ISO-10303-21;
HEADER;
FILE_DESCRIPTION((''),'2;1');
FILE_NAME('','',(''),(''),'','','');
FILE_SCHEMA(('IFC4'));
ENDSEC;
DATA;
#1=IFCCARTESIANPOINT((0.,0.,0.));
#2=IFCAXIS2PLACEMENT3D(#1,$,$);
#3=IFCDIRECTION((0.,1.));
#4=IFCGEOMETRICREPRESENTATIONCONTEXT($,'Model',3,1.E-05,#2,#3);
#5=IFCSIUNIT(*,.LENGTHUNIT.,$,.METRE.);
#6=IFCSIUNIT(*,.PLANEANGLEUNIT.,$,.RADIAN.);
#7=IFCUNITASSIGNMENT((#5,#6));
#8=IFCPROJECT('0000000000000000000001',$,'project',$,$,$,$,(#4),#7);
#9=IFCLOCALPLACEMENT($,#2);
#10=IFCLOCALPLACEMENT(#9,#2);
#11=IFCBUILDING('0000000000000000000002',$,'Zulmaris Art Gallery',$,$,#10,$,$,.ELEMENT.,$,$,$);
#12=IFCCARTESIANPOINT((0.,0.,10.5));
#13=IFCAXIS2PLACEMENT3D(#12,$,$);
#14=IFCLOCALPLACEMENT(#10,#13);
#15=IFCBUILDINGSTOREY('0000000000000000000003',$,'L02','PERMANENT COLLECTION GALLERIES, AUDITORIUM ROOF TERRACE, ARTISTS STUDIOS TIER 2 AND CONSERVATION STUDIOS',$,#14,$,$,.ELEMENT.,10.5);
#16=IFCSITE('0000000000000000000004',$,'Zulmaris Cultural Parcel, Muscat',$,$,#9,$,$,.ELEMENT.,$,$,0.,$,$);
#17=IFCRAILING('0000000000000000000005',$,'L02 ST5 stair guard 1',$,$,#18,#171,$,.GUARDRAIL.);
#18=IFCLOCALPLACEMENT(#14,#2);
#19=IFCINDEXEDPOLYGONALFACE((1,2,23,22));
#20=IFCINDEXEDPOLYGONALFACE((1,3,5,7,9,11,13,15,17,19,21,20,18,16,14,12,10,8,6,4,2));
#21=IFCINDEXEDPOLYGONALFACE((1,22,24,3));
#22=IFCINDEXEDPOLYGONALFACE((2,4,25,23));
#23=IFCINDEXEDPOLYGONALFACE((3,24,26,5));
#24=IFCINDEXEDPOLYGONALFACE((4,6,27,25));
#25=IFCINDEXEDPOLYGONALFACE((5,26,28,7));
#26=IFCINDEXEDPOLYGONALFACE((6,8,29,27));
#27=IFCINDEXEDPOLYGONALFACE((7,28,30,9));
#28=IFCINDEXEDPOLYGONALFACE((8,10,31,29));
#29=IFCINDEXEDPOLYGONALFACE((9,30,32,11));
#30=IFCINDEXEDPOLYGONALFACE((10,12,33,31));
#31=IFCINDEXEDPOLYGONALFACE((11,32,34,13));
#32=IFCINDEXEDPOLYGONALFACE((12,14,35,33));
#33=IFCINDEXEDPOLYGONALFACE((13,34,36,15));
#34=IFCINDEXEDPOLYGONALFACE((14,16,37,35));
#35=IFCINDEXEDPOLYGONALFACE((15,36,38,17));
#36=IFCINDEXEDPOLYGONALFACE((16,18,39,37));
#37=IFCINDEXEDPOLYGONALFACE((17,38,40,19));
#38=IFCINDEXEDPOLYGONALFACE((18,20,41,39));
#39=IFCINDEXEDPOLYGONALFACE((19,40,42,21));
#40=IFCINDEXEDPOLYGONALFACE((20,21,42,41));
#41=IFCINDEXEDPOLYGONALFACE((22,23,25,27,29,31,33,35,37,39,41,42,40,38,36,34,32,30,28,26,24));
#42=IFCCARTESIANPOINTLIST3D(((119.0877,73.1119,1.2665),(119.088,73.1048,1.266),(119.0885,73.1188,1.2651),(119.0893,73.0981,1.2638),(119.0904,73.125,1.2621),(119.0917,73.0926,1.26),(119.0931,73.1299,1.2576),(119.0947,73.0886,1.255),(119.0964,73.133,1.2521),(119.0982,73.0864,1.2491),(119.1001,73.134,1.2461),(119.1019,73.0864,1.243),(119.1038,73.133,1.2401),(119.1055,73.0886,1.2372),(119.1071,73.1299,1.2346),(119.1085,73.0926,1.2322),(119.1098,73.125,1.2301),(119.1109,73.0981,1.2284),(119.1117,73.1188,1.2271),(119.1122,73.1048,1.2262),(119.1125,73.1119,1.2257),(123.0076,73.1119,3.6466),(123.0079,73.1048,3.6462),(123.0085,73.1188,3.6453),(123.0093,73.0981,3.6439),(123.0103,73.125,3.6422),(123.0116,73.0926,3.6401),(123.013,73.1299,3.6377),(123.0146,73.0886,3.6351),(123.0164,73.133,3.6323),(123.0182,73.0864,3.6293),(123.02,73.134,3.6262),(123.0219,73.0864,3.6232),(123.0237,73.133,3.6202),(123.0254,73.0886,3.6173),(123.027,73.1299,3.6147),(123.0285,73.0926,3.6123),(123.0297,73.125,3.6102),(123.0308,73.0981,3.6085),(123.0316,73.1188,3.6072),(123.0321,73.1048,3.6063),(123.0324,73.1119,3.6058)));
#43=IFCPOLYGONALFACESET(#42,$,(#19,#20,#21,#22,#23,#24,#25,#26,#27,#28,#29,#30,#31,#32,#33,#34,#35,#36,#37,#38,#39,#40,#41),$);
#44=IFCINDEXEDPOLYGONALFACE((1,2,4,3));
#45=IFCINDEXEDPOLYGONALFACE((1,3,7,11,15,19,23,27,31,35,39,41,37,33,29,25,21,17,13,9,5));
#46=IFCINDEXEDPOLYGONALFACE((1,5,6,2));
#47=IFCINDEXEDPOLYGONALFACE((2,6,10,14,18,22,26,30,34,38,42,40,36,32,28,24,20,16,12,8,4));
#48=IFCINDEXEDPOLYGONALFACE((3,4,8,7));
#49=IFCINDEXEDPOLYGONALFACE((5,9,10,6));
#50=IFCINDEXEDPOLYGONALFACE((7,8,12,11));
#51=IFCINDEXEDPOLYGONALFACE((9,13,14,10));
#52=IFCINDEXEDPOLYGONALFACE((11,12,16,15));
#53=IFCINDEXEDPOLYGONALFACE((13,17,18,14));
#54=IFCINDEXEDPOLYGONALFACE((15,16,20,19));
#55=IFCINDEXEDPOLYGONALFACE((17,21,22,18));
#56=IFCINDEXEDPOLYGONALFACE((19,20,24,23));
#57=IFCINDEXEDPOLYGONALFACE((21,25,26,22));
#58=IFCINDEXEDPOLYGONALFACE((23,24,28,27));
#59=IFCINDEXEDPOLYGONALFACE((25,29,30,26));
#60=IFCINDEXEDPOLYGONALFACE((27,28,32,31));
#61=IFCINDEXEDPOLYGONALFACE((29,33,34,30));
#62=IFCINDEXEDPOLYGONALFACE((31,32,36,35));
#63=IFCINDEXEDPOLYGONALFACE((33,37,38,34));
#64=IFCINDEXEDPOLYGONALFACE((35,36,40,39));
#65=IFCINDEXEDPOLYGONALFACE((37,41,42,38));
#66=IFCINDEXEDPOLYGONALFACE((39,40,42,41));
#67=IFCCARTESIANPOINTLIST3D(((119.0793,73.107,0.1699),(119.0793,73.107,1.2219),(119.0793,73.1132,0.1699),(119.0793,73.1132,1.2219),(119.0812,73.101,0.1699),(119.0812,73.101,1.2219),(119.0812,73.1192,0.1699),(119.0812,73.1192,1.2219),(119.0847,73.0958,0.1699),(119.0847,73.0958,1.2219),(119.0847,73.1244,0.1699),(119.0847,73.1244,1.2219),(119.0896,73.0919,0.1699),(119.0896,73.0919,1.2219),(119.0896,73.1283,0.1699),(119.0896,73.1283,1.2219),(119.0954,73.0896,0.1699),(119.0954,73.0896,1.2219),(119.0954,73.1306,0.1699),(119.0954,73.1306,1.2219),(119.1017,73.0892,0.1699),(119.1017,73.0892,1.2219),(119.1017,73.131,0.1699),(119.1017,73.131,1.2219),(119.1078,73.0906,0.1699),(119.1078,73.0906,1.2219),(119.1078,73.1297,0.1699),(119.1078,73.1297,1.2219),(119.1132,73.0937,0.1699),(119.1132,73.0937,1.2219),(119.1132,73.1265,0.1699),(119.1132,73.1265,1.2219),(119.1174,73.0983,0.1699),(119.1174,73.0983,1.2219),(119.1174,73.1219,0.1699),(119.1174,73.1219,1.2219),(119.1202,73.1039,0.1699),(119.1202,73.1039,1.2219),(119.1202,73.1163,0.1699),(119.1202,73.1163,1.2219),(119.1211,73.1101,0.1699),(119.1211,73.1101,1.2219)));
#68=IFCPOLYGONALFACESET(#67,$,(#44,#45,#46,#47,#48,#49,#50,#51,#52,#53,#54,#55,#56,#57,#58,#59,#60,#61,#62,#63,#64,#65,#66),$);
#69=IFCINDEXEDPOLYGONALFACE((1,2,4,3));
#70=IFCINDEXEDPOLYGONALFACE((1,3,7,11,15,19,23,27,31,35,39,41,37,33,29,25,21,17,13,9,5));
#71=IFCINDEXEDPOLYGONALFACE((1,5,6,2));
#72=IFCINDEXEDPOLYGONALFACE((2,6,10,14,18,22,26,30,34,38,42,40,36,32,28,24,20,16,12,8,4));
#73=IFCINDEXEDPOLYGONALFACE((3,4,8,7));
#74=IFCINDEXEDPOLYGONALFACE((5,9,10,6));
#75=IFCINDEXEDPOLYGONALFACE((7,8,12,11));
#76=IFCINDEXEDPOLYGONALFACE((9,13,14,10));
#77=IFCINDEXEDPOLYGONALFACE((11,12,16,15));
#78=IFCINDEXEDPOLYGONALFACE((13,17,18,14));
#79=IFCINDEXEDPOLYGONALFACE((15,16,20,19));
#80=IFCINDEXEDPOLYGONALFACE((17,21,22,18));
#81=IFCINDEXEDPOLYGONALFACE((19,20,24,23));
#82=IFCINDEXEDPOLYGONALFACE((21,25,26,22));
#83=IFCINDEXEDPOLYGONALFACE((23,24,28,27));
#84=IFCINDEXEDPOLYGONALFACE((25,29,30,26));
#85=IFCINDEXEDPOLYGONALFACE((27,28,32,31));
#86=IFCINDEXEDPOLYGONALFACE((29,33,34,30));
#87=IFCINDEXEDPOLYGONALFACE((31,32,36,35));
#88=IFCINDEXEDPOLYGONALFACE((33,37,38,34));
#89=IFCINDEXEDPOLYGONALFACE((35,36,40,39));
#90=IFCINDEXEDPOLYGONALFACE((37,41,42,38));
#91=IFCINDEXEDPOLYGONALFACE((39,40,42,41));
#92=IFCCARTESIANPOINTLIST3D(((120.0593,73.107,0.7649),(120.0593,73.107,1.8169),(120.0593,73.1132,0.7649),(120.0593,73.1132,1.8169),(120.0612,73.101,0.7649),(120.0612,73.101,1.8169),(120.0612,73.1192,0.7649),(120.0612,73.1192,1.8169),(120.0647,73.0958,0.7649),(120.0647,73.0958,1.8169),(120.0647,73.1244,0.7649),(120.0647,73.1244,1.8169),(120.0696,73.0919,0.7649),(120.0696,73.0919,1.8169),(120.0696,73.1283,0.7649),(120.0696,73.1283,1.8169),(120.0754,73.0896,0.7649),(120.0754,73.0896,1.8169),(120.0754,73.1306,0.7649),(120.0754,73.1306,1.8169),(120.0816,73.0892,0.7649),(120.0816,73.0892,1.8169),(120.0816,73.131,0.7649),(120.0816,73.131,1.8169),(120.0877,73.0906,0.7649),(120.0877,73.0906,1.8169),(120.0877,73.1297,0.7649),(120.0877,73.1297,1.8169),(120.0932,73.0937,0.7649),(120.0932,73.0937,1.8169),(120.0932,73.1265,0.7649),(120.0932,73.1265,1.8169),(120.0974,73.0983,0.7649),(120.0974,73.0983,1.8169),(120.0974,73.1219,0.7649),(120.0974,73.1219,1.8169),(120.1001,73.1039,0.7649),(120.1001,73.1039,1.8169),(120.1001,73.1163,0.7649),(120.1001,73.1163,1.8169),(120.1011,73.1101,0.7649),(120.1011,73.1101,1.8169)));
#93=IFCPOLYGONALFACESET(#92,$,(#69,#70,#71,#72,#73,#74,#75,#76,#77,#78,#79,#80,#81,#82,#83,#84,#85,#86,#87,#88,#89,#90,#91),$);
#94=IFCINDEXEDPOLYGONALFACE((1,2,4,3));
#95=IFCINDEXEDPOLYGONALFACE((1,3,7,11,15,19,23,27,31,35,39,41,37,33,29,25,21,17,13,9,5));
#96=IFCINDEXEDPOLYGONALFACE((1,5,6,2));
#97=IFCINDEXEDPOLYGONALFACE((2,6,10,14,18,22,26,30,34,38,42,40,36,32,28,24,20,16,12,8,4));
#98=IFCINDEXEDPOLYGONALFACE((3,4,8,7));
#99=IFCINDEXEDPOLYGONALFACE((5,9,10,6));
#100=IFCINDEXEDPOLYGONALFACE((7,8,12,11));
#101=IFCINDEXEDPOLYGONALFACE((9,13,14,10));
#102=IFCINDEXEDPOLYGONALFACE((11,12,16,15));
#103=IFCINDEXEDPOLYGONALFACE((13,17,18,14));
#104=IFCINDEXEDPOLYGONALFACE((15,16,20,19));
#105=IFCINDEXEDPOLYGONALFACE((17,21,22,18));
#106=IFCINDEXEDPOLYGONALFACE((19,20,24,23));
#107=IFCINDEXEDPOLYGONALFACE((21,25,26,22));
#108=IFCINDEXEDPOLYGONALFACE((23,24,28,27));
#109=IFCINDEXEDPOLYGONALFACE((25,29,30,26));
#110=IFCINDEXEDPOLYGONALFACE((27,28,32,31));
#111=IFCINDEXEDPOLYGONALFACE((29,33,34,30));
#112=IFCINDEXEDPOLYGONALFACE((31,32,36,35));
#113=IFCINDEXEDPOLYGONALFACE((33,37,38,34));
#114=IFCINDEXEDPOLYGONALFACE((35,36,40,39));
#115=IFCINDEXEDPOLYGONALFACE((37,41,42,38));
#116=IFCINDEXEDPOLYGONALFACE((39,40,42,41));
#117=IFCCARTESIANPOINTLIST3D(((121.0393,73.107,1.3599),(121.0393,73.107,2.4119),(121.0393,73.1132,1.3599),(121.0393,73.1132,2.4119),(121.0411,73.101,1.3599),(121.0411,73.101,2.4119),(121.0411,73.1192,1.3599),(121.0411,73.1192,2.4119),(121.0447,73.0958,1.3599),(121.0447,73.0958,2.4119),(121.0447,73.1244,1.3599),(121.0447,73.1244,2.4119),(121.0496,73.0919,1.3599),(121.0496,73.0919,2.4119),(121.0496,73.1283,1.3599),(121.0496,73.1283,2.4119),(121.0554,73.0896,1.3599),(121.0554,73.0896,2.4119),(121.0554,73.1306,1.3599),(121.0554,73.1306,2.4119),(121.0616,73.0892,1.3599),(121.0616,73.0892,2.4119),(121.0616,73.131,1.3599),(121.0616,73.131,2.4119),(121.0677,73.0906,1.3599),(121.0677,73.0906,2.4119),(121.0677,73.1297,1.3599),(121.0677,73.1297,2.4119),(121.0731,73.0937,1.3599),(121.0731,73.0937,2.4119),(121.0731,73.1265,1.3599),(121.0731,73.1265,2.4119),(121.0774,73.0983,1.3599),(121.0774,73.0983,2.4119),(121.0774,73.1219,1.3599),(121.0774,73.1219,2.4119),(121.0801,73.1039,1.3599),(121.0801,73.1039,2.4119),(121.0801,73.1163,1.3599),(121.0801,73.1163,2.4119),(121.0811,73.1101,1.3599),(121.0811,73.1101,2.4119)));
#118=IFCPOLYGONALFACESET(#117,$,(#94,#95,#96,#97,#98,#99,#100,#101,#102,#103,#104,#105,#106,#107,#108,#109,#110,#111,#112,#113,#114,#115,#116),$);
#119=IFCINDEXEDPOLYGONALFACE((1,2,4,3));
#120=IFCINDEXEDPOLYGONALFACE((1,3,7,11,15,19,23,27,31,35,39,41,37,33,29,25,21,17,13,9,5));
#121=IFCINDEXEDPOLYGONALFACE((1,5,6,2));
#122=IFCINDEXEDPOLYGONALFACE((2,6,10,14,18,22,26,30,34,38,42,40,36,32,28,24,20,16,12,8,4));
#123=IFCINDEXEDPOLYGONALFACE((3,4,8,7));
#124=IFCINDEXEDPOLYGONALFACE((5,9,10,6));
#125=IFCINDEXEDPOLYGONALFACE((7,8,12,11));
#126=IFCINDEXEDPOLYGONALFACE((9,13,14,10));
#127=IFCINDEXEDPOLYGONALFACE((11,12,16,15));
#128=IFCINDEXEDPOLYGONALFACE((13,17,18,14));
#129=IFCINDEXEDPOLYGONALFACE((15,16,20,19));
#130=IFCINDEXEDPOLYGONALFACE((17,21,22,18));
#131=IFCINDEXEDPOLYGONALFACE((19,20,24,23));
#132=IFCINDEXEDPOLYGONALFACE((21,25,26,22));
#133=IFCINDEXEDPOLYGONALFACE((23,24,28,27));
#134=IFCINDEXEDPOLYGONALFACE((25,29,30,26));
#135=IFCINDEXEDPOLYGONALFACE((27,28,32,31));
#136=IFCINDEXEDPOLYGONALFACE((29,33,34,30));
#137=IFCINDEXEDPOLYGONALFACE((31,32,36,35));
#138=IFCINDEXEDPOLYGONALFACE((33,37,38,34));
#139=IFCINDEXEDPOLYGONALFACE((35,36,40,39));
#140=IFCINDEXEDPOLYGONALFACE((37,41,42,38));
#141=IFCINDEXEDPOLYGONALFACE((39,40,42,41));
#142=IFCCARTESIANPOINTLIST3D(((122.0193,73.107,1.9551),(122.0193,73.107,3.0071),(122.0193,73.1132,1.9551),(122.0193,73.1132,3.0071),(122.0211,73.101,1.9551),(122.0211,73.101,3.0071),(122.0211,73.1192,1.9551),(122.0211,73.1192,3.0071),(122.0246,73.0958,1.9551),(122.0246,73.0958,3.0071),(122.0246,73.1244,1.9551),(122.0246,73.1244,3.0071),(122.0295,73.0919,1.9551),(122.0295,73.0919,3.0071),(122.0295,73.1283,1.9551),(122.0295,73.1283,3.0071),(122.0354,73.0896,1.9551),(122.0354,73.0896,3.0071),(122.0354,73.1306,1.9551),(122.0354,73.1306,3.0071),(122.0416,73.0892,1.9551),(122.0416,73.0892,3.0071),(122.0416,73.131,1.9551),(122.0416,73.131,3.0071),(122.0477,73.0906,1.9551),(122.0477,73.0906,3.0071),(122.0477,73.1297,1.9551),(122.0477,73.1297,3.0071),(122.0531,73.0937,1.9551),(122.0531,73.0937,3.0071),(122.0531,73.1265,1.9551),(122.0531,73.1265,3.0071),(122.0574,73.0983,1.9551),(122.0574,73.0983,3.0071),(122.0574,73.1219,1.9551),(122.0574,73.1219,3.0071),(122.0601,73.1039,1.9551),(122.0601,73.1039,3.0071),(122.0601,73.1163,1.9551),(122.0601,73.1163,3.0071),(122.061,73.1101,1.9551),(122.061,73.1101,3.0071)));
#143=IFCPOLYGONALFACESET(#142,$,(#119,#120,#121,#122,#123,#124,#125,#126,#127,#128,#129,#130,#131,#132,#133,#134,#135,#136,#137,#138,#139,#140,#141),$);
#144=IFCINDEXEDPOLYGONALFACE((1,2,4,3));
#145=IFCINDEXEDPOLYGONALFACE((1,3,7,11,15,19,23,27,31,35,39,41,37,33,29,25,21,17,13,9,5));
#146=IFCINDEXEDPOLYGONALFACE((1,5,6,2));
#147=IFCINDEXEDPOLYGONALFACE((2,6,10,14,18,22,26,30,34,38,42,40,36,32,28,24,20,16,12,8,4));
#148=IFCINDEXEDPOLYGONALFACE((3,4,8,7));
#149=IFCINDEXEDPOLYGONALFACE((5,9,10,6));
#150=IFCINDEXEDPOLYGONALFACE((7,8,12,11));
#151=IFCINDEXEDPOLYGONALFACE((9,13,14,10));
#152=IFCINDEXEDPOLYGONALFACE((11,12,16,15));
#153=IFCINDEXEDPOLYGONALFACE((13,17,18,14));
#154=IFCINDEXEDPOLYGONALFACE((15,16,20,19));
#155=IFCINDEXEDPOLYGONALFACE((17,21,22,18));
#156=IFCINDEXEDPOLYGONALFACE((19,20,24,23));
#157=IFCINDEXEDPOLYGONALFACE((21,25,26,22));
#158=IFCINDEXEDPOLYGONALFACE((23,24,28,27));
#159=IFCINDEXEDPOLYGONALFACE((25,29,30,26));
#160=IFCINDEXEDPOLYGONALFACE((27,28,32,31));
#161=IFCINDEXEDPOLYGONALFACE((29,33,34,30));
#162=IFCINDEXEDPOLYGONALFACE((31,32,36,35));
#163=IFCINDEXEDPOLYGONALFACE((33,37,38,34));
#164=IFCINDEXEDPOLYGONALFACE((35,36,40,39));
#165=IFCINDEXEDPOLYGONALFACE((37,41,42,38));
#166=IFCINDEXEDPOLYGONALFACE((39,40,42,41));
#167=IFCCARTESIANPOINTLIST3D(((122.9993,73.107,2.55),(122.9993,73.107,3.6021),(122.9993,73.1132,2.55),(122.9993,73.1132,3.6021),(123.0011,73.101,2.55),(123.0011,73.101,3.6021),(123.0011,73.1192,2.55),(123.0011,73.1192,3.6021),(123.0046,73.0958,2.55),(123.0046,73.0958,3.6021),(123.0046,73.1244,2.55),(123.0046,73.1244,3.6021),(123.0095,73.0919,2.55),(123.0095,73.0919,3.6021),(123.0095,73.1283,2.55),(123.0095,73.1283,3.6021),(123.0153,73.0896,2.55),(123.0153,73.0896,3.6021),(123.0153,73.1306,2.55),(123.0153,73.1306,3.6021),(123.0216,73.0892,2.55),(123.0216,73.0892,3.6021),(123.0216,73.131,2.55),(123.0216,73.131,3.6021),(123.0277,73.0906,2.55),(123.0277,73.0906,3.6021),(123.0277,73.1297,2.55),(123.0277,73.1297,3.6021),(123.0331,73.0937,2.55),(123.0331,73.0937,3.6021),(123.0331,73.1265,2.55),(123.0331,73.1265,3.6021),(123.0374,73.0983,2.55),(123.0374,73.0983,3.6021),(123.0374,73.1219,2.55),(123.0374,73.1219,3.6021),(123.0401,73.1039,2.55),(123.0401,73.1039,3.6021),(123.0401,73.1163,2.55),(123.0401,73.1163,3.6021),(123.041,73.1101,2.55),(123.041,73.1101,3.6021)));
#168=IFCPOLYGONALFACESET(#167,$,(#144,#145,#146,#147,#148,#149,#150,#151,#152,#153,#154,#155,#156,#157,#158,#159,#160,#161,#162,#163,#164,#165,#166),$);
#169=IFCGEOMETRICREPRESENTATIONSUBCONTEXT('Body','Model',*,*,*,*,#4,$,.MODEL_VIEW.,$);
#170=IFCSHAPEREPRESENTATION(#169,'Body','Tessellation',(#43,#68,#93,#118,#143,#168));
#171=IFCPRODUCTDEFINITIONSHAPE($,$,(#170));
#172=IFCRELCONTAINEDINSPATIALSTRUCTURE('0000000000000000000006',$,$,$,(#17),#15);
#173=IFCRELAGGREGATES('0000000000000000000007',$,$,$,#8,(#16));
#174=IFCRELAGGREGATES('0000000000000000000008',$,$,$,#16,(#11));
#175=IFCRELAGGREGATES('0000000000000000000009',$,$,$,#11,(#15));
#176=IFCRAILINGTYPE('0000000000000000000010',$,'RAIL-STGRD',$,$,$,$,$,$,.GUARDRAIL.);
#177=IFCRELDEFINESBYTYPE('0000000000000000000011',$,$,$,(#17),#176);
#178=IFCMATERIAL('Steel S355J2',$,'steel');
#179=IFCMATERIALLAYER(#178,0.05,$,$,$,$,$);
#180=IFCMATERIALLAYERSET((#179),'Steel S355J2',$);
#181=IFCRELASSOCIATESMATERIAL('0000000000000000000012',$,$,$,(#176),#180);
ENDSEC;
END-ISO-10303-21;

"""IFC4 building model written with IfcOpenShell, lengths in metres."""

from ifc_helpers import new_model, si_unit, direction, frame, origin, origin_2d, place, context, subcontext, project, spatial, circle, extrude, material, layer, layer_set, type_object, element, save


model = new_model("IFC4")

# Units and contexts
model_context = context("Model", 3, precision=1e-05, world=origin(), true_north=direction((0.0, 1.0)))
body_context = subcontext(model_context, "Body", "Model", "MODEL_VIEW")
ifc_project = project(units=[si_unit("LENGTHUNIT", "METRE"), si_unit("PLANEANGLEUNIT", "RADIAN")], contexts=[model_context])

# Site, building, storey
site_placement = place(None, origin())
site = spatial("IfcSite", under=ifc_project, at=site_placement, Name="Zulmaris Cultural Parcel, Muscat", CompositionType="ELEMENT", RefElevation=0.0)
building_placement = place(site_placement, origin())
building = spatial("IfcBuilding", under=site, at=building_placement, Name="Zulmaris Art Gallery", CompositionType="ELEMENT")
storey_placement = place(building_placement, frame((0.0, 0.0, 10.5)))
storey = spatial("IfcBuildingStorey", under=building, at=storey_placement, Name="L02", Description="PERMANENT COLLECTION GALLERIES, AUDITORIUM ROOF TERRACE, ARTISTS STUDIOS TIER 2 AND CONSERVATION STUDIOS", CompositionType="ELEMENT", Elevation=10.5)

# Shared definitions
ifc_material_1 = material(Name="Steel S355J2", Category="steel")

# Railing
ifc_layer_1 = layer(ifc_material_1, 0.05)
ifc_layer_set_1 = layer_set([ifc_layer_1], Name="Steel S355J2")
railing_type_1 = type_object("IfcRailingType", Name="RAIL-STGRD", PredefinedType="GUARDRAIL", material=ifc_layer_set_1)
railing_1_placement = place(storey_placement, frame((119.1001, 73.1101, 0.1699)))
element("IfcRailing", 1, at=railing_1_placement, inside=storey, type_object=railing_type_1, Name="L02 ST5 stair guard 1", PredefinedType="GUARDRAIL", context=body_context, shape_type="SweptSolid", body=[
    extrude(circle(Radius=0.0239, at=origin_2d()), frame((0.0, 0.0, 1.0762), z_axis=(0.854771, 0.0, 0.519006), x_axis=(0.0, 1.0, 0.0)), (0.0, 0.0, 1.0), 4.5859),
    extrude(circle(Radius=0.021, at=origin_2d()), origin(), (0.0, 0.0, 1.0), 1.052),
    extrude(circle(Radius=0.021, at=origin_2d()), frame((0.98, 0.0, 0.595)), (0.0, 0.0, 1.0), 1.052),
    extrude(circle(Radius=0.021, at=origin_2d()), frame((1.96, 0.0, 1.1899)), (0.0, 0.0, 1.0), 1.052),
    extrude(circle(Radius=0.021, at=origin_2d()), frame((2.9399, 0.0, 1.7852)), (0.0, 0.0, 1.0), 1.052),
    extrude(circle(Radius=0.021, at=origin_2d()), frame((3.9199, 0.0, 2.3801)), (0.0, 0.0, 1.0), 1.052),
])

save(model, "model.ifc")
